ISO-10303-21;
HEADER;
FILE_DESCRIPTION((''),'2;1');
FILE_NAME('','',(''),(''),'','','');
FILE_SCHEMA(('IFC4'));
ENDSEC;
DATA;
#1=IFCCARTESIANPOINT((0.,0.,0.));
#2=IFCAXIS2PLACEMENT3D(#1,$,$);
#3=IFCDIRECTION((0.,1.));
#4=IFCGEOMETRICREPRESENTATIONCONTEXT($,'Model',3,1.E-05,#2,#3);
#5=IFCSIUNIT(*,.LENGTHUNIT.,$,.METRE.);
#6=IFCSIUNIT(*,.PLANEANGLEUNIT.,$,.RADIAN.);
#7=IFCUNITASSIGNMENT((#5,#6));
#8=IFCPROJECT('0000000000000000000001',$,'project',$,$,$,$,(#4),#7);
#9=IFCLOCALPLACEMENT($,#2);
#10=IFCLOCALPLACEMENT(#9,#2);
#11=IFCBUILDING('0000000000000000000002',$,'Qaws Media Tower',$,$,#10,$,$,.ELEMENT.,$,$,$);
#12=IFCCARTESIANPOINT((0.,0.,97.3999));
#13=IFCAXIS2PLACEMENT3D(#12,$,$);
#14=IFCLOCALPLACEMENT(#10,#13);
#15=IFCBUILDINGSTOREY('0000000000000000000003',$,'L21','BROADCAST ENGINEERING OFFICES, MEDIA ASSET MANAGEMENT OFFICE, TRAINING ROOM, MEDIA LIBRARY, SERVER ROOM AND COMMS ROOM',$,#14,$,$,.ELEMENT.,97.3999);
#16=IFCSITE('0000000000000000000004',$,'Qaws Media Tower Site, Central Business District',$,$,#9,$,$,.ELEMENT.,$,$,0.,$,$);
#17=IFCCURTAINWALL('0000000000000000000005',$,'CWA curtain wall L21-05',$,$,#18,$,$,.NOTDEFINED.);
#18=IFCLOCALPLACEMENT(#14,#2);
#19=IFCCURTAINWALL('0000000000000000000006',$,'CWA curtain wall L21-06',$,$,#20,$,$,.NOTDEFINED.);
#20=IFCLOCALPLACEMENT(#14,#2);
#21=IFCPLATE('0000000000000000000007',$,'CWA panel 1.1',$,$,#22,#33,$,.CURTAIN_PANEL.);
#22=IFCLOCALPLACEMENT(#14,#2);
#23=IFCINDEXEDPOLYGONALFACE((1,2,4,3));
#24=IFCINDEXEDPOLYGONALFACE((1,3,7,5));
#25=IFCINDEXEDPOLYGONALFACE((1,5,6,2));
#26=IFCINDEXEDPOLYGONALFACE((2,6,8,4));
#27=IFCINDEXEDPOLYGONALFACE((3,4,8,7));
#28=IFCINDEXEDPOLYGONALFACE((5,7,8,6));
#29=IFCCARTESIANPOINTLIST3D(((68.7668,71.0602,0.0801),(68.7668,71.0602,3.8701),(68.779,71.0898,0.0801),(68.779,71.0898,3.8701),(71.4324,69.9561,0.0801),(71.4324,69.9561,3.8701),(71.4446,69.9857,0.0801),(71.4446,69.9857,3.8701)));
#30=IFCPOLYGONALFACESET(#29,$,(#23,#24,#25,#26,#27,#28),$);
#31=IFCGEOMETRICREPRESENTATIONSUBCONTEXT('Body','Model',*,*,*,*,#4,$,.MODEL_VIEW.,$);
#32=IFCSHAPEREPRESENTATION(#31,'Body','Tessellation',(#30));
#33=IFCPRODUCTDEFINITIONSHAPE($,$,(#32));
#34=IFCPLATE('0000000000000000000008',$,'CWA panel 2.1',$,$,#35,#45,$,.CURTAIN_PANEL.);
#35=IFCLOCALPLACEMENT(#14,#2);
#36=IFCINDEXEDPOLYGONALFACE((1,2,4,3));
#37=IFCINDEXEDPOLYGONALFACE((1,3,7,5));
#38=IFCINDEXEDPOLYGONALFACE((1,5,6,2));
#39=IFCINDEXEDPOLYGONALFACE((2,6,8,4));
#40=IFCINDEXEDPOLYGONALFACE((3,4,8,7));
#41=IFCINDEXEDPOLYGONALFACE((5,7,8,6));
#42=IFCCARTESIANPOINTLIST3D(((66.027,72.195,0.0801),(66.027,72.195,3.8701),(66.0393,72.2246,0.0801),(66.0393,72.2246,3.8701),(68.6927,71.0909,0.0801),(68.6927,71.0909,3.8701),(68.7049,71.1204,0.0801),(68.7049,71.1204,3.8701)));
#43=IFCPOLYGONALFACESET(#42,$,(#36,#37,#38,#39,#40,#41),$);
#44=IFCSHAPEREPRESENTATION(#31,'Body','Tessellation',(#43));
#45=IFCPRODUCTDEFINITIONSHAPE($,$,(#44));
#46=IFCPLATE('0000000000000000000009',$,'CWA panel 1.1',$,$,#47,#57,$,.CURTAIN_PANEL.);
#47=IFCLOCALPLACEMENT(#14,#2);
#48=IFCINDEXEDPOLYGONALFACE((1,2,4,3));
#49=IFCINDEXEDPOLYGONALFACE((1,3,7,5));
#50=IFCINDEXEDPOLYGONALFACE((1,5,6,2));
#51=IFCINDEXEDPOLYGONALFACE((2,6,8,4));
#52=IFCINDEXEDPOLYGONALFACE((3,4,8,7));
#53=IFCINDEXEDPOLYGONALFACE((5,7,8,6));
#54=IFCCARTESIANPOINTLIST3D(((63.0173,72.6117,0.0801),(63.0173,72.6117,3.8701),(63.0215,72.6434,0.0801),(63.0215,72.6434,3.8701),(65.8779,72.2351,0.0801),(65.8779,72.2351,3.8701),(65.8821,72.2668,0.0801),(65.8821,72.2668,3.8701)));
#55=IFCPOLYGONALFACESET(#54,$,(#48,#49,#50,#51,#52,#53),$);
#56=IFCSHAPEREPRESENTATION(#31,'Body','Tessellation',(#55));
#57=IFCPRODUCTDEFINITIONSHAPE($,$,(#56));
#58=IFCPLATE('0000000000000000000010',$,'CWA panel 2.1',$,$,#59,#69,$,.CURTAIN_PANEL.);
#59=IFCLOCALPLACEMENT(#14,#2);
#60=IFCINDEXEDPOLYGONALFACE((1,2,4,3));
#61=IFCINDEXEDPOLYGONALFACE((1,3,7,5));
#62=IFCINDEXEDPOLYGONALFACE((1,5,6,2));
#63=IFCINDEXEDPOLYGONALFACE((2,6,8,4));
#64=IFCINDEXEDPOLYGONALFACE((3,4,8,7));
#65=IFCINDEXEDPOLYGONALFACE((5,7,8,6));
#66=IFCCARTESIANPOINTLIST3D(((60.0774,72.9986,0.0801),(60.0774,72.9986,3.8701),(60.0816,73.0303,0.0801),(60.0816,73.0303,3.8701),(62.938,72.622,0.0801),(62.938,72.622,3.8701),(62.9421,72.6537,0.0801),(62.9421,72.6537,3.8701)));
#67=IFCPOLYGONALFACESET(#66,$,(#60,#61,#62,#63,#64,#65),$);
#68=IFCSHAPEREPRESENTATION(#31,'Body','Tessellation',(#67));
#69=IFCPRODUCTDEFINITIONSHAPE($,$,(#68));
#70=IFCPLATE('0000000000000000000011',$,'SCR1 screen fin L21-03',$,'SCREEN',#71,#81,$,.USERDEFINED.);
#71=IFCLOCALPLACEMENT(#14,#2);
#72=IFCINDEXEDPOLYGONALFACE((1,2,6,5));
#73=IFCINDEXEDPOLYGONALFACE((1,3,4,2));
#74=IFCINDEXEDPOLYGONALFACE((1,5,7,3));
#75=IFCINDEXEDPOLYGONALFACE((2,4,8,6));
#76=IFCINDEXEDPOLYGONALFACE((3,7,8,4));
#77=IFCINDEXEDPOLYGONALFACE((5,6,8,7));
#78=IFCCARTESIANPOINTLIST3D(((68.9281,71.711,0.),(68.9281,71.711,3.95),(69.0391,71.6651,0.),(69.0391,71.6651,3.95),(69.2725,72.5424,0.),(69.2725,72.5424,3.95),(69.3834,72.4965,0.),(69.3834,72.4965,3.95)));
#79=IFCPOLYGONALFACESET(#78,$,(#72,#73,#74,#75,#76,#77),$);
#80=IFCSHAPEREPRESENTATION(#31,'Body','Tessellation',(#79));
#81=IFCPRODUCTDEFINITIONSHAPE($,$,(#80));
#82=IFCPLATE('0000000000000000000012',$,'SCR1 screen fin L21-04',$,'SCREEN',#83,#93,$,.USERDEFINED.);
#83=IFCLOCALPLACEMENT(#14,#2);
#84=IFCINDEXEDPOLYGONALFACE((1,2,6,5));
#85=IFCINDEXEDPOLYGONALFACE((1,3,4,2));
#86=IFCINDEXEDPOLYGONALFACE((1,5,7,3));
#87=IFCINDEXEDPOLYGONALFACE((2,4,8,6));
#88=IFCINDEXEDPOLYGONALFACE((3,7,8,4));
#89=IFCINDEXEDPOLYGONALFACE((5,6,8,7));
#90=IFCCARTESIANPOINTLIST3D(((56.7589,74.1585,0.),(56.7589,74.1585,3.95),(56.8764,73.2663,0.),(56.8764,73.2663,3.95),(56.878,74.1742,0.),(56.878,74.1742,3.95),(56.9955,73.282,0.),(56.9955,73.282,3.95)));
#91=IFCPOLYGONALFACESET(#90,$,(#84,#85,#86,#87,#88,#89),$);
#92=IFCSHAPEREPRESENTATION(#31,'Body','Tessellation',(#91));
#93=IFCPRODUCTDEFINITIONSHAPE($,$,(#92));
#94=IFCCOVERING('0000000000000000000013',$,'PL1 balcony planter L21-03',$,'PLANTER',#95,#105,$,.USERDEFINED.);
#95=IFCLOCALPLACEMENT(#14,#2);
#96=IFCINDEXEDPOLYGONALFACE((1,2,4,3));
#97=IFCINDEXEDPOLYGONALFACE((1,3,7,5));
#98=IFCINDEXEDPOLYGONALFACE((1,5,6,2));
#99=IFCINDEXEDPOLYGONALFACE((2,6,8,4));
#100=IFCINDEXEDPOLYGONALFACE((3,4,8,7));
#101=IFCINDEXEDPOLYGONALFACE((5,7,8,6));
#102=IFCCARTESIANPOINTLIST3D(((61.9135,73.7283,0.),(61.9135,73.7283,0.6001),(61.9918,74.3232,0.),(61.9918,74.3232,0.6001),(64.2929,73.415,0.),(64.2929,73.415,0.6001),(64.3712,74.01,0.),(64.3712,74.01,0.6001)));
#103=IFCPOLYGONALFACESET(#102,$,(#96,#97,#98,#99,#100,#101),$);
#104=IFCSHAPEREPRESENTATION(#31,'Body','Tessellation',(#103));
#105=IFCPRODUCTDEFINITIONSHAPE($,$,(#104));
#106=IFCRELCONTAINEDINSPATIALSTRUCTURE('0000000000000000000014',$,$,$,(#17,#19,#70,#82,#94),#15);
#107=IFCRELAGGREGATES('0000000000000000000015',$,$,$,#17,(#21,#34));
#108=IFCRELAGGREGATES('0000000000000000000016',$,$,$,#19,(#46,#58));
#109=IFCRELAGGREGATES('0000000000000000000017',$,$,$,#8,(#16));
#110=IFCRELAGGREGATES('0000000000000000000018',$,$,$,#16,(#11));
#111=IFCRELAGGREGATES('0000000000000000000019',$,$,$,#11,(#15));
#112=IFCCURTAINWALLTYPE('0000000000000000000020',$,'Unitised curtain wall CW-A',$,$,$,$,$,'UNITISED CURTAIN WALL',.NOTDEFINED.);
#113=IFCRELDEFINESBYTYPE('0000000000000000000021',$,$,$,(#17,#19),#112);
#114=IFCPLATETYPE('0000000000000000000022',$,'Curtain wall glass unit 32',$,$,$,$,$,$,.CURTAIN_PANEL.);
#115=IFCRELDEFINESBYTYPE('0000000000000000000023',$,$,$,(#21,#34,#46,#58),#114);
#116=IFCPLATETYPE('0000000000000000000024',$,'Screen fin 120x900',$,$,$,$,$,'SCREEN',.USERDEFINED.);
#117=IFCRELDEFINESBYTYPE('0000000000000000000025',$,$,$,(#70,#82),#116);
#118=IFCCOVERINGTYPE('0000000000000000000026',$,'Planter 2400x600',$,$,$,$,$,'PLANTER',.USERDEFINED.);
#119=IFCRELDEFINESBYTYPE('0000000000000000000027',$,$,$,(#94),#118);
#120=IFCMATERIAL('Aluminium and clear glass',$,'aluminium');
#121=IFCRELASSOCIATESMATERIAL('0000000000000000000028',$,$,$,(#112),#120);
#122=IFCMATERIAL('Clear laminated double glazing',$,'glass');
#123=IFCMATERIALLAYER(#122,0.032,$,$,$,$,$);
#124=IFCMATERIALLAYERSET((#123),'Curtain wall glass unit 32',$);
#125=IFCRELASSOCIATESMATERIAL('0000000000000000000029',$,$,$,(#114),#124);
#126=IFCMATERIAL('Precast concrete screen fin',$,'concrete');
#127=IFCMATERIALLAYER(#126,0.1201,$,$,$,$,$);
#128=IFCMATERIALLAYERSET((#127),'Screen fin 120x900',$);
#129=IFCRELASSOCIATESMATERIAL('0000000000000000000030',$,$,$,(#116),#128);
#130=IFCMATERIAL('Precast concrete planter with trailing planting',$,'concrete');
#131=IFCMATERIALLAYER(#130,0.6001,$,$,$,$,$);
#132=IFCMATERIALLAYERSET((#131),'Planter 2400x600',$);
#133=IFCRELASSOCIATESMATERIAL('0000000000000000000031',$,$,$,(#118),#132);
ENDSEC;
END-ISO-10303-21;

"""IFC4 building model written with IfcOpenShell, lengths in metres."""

from ifc_helpers import new_model, si_unit, direction, frame, origin, origin_2d, place, context, subcontext, project, spatial, rectangle, extrude, material, layer, layer_set, type_object, element, aggregate, save


model = new_model("IFC4")

# Units and contexts
model_context = context("Model", 3, precision=1e-05, world=origin(), true_north=direction((0.0, 1.0)))
body_context = subcontext(model_context, "Body", "Model", "MODEL_VIEW")
ifc_project = project(units=[si_unit("LENGTHUNIT", "METRE"), si_unit("PLANEANGLEUNIT", "RADIAN")], contexts=[model_context])

# Site, building, storey
site_placement = place(None, origin())
site = spatial("IfcSite", under=ifc_project, at=site_placement, Name="Qaws Media Tower Site, Central Business District", CompositionType="ELEMENT", RefElevation=0.0)
building_placement = place(site_placement, origin())
building = spatial("IfcBuilding", under=site, at=building_placement, Name="Qaws Media Tower", CompositionType="ELEMENT")
storey_placement = place(building_placement, frame((0.0, 0.0, 97.3999)))
storey = spatial("IfcBuildingStorey", under=building, at=storey_placement, Name="L21", Description="BROADCAST ENGINEERING OFFICES, MEDIA ASSET MANAGEMENT OFFICE, TRAINING ROOM, MEDIA LIBRARY, SERVER ROOM AND COMMS ROOM", CompositionType="ELEMENT", Elevation=97.3999)

# Curtain walls
ifc_material_1 = material(Name="Aluminium and clear glass", Category="aluminium")
curtain_wall_type = type_object("IfcCurtainWallType", Name="Unitised curtain wall CW-A", ElementType="UNITISED CURTAIN WALL", PredefinedType="NOTDEFINED", material=ifc_material_1)
curtain_wall_1_placement = place(storey_placement, origin())
curtain_wall_1 = element("IfcCurtainWall", 1, at=curtain_wall_1_placement, inside=storey, type_object=curtain_wall_type, Name="CWA curtain wall L21-05", PredefinedType="NOTDEFINED")
curtain_wall_2_placement = place(storey_placement, origin())
curtain_wall_2 = element("IfcCurtainWall", 2, at=curtain_wall_2_placement, inside=storey, type_object=curtain_wall_type, Name="CWA curtain wall L21-06", PredefinedType="NOTDEFINED")

# Plates
ifc_material_2 = material(Name="Clear laminated double glazing", Category="glass")
ifc_layer_1 = layer(ifc_material_2, 0.032)
ifc_layer_set_1 = layer_set([ifc_layer_1], Name="Curtain wall glass unit 32")
plate_type_1 = type_object("IfcPlateType", Name="Curtain wall glass unit 32", PredefinedType="CURTAIN_PANEL", material=ifc_layer_set_1)
plate_1_placement = place(storey_placement, frame((70.1057, 70.5229, 0.0801), z_axis=(0.0, 0.0, 1.0), x_axis=(-0.92388, 0.382683, 0.0)))
plate_1 = element("IfcPlate", 3, at=plate_1_placement, type_object=plate_type_1, Name="CWA panel 1.1", PredefinedType="CURTAIN_PANEL", context=body_context, shape_type="SweptSolid", body=[
    extrude(rectangle(XDim=2.8853, YDim=0.032, at=origin_2d()), origin(), (0.0, 0.0, 1.0), 3.79),
])
plate_2_placement = place(storey_placement, frame((67.366, 71.6577, 0.0801), z_axis=(0.0, 0.0, 1.0), x_axis=(-0.92388, 0.382683, 0.0)))
plate_2 = element("IfcPlate", 4, at=plate_2_placement, type_object=plate_type_1, Name="CWA panel 2.1", PredefinedType="CURTAIN_PANEL", context=body_context, shape_type="SweptSolid", body=[
    extrude(rectangle(XDim=2.8853, YDim=0.032, at=origin_2d()), origin(), (0.0, 0.0, 1.0), 3.79),
])
aggregate(curtain_wall_1, [plate_1, plate_2])
plate_3_placement = place(storey_placement, frame((64.4497, 72.4392, 0.0801), z_axis=(0.0, 0.0, 1.0), x_axis=(-0.991445, 0.130526, 0.0)))
plate_3 = element("IfcPlate", 5, at=plate_3_placement, type_object=plate_type_1, Name="CWA panel 1.1", PredefinedType="CURTAIN_PANEL", context=body_context, shape_type="SweptSolid", body=[
    extrude(rectangle(XDim=2.8853, YDim=0.032, at=origin_2d()), origin(), (0.0, 0.0, 1.0), 3.79),
])
plate_4_placement = place(storey_placement, frame((61.5098, 72.8262, 0.0801), z_axis=(0.0, 0.0, 1.0), x_axis=(-0.991445, 0.130526, 0.0)))
plate_4 = element("IfcPlate", 6, at=plate_4_placement, type_object=plate_type_1, Name="CWA panel 2.1", PredefinedType="CURTAIN_PANEL", context=body_context, shape_type="SweptSolid", body=[
    extrude(rectangle(XDim=2.8853, YDim=0.032, at=origin_2d()), origin(), (0.0, 0.0, 1.0), 3.79),
])
aggregate(curtain_wall_2, [plate_3, plate_4])

# Plates
ifc_material_3 = material(Name="Precast concrete screen fin", Category="concrete")
ifc_layer_2 = layer(ifc_material_3, 0.1201)
ifc_layer_set_2 = layer_set([ifc_layer_2], Name="Screen fin 120x900")
plate_type_2 = type_object("IfcPlateType", Name="Screen fin 120x900", ElementType="SCREEN", PredefinedType="USERDEFINED", material=ifc_layer_set_2)
for number, where, z_axis, x_axis, name in (
    (7, (69.1558, 72.1038, 0.0), (0.0, 0.0, 1.0), (0.382683, 0.92388, 0.0), "SCR1 screen fin L21-03"),
    (8, (56.8772, 73.7202, 0.0), (0.0, 0.0, 1.0), (-0.130526, 0.991445, 0.0), "SCR1 screen fin L21-04"),
):
    element("IfcPlate", number, at=place(storey_placement, frame(where, z_axis=z_axis, x_axis=x_axis)), inside=storey, type_object=plate_type_2, Name=name, ObjectType="SCREEN", PredefinedType="USERDEFINED", context=body_context, shape_type="SweptSolid", body=[
        extrude(rectangle(XDim=0.8999, YDim=0.1201, at=origin_2d()), origin(), (0.0, 0.0, 1.0), 3.95),
    ])

# Covering
ifc_material_4 = material(Name="Precast concrete planter with trailing planting", Category="concrete")
ifc_layer_3 = layer(ifc_material_4, 0.6001)
ifc_layer_set_3 = layer_set([ifc_layer_3], Name="Planter 2400x600")
covering_type = type_object("IfcCoveringType", Name="Planter 2400x600", ElementType="PLANTER", PredefinedType="USERDEFINED", material=ifc_layer_set_3)
covering_placement = place(storey_placement, frame((63.1423, 73.8691, 0.0), z_axis=(0.0, 0.0, 1.0), x_axis=(-0.991445, 0.130526, 0.0)))
element("IfcCovering", 9, at=covering_placement, inside=storey, type_object=covering_type, Name="PL1 balcony planter L21-03", ObjectType="PLANTER", PredefinedType="USERDEFINED", context=body_context, shape_type="SweptSolid", body=[
    extrude(rectangle(XDim=2.3999, YDim=0.6001, at=origin_2d()), origin(), (0.0, 0.0, 1.0), 0.6001),
])

save(model, "model.ifc")
